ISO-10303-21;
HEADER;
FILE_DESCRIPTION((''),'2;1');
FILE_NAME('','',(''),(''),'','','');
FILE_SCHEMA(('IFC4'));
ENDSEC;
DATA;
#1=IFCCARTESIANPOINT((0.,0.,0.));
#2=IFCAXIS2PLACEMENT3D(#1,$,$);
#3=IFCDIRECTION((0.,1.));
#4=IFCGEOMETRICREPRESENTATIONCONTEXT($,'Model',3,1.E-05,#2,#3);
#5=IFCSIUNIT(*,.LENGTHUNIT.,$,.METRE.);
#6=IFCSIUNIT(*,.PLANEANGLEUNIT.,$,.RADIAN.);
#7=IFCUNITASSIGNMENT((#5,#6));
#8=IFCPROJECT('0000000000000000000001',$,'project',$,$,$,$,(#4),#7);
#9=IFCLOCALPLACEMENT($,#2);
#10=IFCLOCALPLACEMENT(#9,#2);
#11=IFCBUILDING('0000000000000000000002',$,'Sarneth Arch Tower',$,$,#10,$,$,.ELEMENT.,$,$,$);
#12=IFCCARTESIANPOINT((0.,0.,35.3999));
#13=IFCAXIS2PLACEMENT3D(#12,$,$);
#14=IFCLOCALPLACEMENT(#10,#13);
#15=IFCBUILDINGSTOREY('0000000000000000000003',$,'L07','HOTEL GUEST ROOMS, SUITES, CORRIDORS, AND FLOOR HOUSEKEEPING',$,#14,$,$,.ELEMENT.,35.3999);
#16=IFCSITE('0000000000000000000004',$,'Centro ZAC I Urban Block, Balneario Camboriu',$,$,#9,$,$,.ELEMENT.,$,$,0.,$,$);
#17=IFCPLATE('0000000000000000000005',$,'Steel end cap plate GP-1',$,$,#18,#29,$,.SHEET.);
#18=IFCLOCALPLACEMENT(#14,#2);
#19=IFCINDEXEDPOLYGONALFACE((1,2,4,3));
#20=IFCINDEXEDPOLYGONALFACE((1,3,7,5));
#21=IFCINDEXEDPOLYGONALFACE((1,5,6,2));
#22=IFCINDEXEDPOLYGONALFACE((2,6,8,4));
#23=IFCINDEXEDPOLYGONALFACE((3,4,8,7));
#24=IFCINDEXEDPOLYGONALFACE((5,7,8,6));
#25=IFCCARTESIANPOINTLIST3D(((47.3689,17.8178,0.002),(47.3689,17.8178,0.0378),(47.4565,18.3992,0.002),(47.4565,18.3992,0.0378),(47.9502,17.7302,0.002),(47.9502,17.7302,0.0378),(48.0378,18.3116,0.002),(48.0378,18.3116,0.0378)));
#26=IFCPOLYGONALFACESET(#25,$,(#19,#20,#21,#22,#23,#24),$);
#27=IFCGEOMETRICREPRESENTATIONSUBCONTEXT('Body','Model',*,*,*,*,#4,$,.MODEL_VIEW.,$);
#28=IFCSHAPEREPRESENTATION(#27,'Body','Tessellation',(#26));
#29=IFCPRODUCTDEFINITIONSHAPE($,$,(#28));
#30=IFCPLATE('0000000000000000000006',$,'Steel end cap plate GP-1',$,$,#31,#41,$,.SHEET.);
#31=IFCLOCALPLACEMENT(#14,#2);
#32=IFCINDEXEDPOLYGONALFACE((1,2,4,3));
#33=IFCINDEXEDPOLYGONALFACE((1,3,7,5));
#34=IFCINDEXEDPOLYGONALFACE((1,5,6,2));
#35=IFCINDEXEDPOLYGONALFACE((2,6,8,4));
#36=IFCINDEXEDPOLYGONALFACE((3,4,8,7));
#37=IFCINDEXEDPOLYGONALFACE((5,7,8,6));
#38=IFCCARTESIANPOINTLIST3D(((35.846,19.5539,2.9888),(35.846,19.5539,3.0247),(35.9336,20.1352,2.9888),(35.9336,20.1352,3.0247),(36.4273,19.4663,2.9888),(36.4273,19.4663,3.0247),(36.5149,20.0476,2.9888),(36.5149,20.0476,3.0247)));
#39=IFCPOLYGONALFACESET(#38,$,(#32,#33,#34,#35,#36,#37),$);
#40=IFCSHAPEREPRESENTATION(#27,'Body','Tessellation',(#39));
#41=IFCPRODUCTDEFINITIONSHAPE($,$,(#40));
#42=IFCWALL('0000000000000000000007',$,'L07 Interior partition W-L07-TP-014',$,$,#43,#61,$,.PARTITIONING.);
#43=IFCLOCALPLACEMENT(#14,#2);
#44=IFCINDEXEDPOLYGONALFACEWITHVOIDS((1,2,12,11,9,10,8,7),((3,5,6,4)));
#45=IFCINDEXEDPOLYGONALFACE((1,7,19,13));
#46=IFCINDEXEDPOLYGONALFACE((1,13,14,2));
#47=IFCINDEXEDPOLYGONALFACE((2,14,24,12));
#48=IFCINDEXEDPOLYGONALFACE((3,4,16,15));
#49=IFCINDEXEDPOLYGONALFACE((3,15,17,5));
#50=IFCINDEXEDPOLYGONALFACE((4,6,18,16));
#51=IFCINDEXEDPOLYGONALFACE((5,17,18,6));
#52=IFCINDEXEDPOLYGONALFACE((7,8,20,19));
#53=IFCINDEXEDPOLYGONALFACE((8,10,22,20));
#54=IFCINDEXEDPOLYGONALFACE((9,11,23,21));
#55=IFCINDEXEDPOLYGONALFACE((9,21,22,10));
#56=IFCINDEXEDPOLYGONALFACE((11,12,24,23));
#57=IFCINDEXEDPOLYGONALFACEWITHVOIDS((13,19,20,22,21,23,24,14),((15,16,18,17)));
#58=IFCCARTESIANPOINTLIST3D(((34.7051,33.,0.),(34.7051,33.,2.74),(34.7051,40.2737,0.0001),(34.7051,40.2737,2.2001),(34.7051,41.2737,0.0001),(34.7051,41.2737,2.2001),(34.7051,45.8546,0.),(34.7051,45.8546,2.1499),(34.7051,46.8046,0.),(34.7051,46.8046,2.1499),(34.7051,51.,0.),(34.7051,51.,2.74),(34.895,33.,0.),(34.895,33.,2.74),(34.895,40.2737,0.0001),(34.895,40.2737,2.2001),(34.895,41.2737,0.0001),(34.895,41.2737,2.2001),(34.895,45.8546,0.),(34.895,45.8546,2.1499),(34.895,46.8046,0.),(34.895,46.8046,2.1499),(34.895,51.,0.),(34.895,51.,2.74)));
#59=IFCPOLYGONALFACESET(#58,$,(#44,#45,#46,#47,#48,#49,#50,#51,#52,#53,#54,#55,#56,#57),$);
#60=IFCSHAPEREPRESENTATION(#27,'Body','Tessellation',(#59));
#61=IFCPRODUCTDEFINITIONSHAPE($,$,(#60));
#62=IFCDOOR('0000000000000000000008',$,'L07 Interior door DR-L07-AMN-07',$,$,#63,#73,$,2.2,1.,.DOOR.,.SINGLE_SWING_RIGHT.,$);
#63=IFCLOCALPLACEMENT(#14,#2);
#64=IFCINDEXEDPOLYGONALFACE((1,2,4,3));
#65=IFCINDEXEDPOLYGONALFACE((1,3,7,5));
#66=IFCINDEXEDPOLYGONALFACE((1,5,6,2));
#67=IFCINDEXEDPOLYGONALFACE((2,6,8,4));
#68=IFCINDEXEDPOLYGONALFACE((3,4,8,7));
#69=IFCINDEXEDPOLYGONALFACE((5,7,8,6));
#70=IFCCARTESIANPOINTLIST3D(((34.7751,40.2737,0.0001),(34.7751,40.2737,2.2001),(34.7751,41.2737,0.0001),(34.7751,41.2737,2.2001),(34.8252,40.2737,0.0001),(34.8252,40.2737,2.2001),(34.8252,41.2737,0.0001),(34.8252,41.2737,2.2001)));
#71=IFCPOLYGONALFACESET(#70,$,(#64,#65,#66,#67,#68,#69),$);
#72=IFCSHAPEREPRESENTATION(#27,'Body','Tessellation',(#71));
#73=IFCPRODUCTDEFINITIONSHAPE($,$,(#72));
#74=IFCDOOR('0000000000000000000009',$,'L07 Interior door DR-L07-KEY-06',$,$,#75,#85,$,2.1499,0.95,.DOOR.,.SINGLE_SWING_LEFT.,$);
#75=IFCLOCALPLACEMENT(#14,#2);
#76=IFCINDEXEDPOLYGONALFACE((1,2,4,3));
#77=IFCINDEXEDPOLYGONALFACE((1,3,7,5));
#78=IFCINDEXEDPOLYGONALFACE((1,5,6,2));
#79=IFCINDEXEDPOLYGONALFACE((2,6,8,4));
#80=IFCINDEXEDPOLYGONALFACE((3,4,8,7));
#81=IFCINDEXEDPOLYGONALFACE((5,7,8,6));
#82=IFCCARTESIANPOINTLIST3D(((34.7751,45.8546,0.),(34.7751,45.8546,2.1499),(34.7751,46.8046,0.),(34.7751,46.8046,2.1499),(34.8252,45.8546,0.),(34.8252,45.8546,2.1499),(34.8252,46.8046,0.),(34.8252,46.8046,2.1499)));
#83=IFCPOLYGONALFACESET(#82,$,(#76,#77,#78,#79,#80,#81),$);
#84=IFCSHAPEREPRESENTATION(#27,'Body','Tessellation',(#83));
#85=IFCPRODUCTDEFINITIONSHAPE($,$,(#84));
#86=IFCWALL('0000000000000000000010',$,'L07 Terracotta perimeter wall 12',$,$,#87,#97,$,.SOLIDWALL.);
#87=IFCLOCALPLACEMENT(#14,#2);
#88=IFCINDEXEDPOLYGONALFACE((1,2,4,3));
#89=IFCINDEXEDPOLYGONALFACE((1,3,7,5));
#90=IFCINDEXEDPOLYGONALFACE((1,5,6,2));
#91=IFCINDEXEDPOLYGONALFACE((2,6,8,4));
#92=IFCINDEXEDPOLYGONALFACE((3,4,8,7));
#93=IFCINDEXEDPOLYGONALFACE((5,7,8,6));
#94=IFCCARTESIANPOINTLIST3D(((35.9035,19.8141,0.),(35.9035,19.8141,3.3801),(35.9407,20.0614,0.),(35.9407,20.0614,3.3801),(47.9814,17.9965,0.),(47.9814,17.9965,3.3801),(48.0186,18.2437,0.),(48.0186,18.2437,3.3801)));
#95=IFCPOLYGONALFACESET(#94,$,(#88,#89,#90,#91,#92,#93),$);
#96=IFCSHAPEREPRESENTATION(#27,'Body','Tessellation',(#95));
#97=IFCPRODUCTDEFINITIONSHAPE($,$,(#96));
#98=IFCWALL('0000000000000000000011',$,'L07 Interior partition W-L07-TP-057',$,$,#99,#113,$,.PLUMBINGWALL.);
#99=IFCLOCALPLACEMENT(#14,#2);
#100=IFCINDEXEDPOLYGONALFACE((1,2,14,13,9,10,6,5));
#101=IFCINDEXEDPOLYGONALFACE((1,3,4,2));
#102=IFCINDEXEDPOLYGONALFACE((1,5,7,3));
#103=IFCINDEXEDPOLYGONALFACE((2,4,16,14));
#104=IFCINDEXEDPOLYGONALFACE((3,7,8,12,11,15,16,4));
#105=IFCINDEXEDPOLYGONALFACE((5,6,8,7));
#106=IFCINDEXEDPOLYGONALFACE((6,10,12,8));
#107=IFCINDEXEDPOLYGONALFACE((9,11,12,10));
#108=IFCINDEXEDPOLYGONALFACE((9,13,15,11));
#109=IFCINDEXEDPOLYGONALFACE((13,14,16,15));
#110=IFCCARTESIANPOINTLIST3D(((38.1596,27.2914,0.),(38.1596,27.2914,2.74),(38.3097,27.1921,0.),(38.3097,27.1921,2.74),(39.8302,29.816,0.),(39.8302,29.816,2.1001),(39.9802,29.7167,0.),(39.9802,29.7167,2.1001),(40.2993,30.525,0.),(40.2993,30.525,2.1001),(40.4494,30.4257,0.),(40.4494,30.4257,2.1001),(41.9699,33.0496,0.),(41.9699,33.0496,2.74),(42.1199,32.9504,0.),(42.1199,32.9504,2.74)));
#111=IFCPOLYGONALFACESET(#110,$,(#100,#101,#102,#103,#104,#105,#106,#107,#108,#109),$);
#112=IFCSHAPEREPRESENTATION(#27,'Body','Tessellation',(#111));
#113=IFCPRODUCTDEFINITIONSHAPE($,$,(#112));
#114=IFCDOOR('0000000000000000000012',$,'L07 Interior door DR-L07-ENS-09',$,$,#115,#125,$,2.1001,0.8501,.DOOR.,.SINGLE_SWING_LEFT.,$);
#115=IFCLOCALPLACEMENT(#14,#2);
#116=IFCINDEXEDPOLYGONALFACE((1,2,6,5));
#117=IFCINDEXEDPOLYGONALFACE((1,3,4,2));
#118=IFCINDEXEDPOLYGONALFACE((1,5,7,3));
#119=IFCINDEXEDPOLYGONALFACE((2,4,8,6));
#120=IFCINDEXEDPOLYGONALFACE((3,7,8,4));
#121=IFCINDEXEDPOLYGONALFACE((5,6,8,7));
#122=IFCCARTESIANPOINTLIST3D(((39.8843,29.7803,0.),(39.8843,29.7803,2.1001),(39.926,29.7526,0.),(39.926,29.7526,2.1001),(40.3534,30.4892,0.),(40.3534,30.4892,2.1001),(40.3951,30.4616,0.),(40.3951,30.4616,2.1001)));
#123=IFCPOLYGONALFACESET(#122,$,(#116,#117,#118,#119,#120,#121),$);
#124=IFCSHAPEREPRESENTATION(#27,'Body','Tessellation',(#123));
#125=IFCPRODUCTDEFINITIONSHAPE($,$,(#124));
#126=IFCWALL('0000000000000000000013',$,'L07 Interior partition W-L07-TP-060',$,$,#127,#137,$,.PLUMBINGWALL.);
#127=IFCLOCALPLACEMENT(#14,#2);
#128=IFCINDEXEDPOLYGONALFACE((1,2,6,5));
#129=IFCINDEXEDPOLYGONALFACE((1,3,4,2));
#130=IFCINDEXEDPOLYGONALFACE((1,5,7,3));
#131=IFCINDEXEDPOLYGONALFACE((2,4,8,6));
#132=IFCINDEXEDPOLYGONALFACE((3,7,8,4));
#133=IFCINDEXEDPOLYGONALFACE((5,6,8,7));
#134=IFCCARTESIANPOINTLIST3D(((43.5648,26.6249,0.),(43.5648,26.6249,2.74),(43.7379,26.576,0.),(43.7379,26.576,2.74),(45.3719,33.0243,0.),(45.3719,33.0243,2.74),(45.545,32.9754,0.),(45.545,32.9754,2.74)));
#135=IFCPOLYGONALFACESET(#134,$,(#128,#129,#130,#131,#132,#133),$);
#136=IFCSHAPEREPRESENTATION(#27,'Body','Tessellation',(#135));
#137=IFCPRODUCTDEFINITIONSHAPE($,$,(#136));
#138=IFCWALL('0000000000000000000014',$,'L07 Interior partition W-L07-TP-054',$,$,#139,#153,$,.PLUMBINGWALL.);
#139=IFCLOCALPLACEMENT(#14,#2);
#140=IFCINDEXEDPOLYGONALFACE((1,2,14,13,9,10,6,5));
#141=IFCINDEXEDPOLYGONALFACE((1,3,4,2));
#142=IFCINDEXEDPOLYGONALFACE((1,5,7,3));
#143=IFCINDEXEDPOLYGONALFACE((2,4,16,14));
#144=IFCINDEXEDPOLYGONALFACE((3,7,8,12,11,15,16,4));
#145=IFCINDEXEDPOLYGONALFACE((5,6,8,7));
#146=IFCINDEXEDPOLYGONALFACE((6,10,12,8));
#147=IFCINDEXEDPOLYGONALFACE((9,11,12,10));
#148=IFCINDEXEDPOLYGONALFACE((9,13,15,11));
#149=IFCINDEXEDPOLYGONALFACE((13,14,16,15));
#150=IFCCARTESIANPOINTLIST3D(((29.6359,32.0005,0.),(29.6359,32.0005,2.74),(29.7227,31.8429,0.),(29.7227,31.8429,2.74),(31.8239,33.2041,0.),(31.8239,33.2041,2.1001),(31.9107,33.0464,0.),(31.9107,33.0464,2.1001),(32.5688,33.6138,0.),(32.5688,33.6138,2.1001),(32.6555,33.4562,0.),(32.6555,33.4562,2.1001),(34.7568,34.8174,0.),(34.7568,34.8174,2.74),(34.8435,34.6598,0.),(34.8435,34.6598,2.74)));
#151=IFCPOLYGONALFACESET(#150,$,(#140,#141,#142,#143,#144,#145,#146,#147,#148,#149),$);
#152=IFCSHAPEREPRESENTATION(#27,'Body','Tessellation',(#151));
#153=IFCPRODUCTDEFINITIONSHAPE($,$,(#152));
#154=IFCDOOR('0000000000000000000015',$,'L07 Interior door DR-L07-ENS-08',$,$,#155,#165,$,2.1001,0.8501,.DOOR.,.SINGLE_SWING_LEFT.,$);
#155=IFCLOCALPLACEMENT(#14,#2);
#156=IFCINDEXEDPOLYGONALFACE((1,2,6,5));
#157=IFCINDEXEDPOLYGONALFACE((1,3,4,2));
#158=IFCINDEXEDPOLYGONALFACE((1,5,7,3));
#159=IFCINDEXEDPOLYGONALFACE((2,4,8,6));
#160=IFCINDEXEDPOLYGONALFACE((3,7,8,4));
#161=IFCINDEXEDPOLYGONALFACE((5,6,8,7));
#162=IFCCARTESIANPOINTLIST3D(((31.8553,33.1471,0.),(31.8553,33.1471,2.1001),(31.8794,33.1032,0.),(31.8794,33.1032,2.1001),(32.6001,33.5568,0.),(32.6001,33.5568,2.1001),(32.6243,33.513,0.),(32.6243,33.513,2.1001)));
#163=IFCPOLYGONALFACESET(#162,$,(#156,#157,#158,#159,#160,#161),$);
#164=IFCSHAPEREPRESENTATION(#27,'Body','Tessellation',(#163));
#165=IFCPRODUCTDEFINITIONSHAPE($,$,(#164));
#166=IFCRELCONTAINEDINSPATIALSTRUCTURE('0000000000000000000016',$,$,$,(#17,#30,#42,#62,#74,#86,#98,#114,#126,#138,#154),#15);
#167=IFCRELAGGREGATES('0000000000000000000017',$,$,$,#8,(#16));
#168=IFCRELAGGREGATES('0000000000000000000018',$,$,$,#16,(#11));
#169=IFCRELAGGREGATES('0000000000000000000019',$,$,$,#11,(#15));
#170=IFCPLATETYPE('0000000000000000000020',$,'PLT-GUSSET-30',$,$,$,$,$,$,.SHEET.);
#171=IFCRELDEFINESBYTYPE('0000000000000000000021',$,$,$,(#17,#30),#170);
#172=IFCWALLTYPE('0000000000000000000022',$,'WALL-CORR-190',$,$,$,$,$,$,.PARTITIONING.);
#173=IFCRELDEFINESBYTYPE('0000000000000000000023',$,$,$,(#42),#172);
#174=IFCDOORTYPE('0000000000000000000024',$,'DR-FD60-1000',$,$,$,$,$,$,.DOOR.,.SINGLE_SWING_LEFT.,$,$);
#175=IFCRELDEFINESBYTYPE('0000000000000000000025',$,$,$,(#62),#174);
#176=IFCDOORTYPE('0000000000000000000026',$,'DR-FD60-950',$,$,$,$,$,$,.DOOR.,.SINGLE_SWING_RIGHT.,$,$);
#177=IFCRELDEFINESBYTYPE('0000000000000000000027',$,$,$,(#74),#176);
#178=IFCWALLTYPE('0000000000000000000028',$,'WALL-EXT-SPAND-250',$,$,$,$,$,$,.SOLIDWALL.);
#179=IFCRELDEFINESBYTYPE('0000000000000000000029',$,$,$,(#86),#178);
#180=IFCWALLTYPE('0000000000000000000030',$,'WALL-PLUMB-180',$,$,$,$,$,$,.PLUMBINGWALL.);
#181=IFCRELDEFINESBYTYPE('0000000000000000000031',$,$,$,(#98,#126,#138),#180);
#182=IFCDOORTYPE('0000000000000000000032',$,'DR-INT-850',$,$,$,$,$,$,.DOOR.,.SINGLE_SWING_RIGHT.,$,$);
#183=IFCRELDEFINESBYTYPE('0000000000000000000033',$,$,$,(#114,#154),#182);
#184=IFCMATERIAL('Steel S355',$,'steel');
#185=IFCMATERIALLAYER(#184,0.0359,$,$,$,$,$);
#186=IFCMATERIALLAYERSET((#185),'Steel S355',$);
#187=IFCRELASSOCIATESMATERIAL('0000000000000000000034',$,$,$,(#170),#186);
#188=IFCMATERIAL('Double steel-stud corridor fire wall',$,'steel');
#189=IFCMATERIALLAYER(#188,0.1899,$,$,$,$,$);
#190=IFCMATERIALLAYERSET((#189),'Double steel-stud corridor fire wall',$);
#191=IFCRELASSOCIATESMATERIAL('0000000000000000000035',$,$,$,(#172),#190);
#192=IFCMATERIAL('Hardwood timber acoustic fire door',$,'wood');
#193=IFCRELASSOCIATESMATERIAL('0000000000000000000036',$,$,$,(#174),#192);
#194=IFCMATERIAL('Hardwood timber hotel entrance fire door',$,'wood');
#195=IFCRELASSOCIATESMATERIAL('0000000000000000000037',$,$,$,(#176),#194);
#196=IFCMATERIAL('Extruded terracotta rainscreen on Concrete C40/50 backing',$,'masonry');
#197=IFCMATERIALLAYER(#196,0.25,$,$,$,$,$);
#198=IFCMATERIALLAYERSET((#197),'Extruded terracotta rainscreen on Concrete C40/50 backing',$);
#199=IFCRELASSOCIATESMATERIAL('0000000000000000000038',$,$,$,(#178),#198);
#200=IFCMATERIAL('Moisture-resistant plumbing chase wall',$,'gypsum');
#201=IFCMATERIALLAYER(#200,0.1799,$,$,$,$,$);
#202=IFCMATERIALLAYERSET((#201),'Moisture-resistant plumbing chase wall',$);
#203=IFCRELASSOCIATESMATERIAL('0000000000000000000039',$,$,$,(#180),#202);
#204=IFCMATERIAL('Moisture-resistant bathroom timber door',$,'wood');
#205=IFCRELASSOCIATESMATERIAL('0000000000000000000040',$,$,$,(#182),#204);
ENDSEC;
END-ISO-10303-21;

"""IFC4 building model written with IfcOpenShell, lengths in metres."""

from ifc_helpers import new_model, si_unit, direction, frame, frame_2d, origin, origin_2d, place, context, subcontext, project, spatial, rectangle, extrude, material, layer, layer_set, type_object, element, fill, save


model = new_model("IFC4")

# Units and contexts
model_context = context("Model", 3, precision=1e-05, world=origin(), true_north=direction((0.0, 1.0)))
body_context = subcontext(model_context, "Body", "Model", "MODEL_VIEW")
ifc_project = project(units=[si_unit("LENGTHUNIT", "METRE"), si_unit("PLANEANGLEUNIT", "RADIAN")], contexts=[model_context])

# Site, building, storey
site_placement = place(None, origin())
site = spatial("IfcSite", under=ifc_project, at=site_placement, Name="Centro ZAC I Urban Block, Balneario Camboriu", CompositionType="ELEMENT", RefElevation=0.0)
building_placement = place(site_placement, origin())
building = spatial("IfcBuilding", under=site, at=building_placement, Name="Sarneth Arch Tower", CompositionType="ELEMENT")
storey_placement = place(building_placement, frame((0.0, 0.0, 35.3999)))
storey = spatial("IfcBuildingStorey", under=building, at=storey_placement, Name="L07", Description="HOTEL GUEST ROOMS, SUITES, CORRIDORS, AND FLOOR HOUSEKEEPING", CompositionType="ELEMENT", Elevation=35.3999)

# Plates
ifc_material_1 = material(Name="Steel S355", Category="steel")
ifc_layer_1 = layer(ifc_material_1, 0.0359)
ifc_layer_set_1 = layer_set([ifc_layer_1], Name="Steel S355")
plate_type = type_object("IfcPlateType", Name="PLT-GUSSET-30", PredefinedType="SHEET", material=ifc_layer_set_1)
for number, where, z_axis, x_axis, name in (
    (1, (47.7034, 18.0647, 0.002), (0.0, 0.0, 1.0), (0.988835, -0.149018, 0.0), "Steel end cap plate GP-1"),
    (2, (36.1804, 19.8008, 2.9888), (0.0, 0.0, 1.0), (0.988835, -0.149018, 0.0), "Steel end cap plate GP-1"),
):
    element("IfcPlate", number, at=place(storey_placement, frame(where, z_axis=z_axis, x_axis=x_axis)), inside=storey, type_object=plate_type, Name=name, PredefinedType="SHEET", context=body_context, shape_type="SweptSolid", body=[
        extrude(rectangle(XDim=0.5879, YDim=0.5879, at=origin_2d()), origin(), (0.0, 0.0, 1.0), 0.0359),
    ])

# Wall, openings, doors
ifc_material_2 = material(Name="Double steel-stud corridor fire wall", Category="steel")
ifc_layer_2 = layer(ifc_material_2, 0.1899)
ifc_layer_set_2 = layer_set([ifc_layer_2], Name="Double steel-stud corridor fire wall")
wall_type_1 = type_object("IfcWallType", Name="WALL-CORR-190", PredefinedType="PARTITIONING", material=ifc_layer_set_2)
wall_1_placement = place(storey_placement, frame((34.8, 33.0, 0.0), z_axis=(0.0, 0.0, 1.0), x_axis=(0.0, 1.0, 0.0)))
wall_1 = element("IfcWall", 3, at=wall_1_placement, inside=storey, type_object=wall_type_1, Name="L07 Interior partition W-L07-TP-014", PredefinedType="PARTITIONING", context=body_context, shape_type="SweptSolid", body=[
    extrude(rectangle(XDim=18.0, YDim=0.1899, at=frame_2d((9.0, 0.0))), origin(), (0.0, 0.0, 1.0), 2.74),
])
opening_1_placement = place(wall_1_placement, frame((7.2737, 0.0, 0.0)))
opening_1 = element("IfcOpeningElement", 4, at=opening_1_placement, cuts=wall_1, PredefinedType="OPENING", context=body_context, shape_type="SweptSolid", body=[
    extrude(rectangle(XDim=1.0, YDim=2.2, at=frame_2d((0.5, 1.1001))), frame((0.0, 0.105, 0.0), z_axis=(0.0, -1.0, 0.0), x_axis=(1.0, 0.0, 0.0)), (0.0, 0.0, 1.0), 0.21),
])
opening_2_placement = place(wall_1_placement, frame((12.8545, 0.0, 0.0)))
opening_2 = element("IfcOpeningElement", 5, at=opening_2_placement, cuts=wall_1, PredefinedType="OPENING", context=body_context, shape_type="SweptSolid", body=[
    extrude(rectangle(XDim=0.95, YDim=2.1499, at=frame_2d((0.4751, 1.075))), frame((0.0, 0.105, 0.0), z_axis=(0.0, -1.0, 0.0), x_axis=(1.0, 0.0, 0.0)), (0.0, 0.0, 1.0), 0.21),
])
ifc_material_3 = material(Name="Hardwood timber acoustic fire door", Category="wood")
door_type_1 = type_object("IfcDoorType", Name="DR-FD60-1000", OperationType="SINGLE_SWING_LEFT", PredefinedType="DOOR", material=ifc_material_3)
door_1_placement = place(opening_1_placement, origin())
door_1 = element("IfcDoor", 6, at=door_1_placement, inside=storey, type_object=door_type_1, Name="L07 Interior door DR-L07-AMN-07", OperationType="SINGLE_SWING_RIGHT", OverallHeight=2.2, OverallWidth=1.0, PredefinedType="DOOR", context=body_context, shape_type="SweptSolid", body=[
    extrude(rectangle(XDim=1.0, YDim=2.2, at=frame_2d((0.5, 1.1001))), frame((0.0, 0.0249, 0.0), z_axis=(0.0, -1.0, 0.0), x_axis=(1.0, 0.0, 0.0)), (0.0, 0.0, 1.0), 0.05),
])
fill(opening_1, door_1)
ifc_material_4 = material(Name="Hardwood timber hotel entrance fire door", Category="wood")
door_type_2 = type_object("IfcDoorType", Name="DR-FD60-950", OperationType="SINGLE_SWING_RIGHT", PredefinedType="DOOR", material=ifc_material_4)
door_2_placement = place(opening_2_placement, origin())
door_2 = element("IfcDoor", 7, at=door_2_placement, inside=storey, type_object=door_type_2, Name="L07 Interior door DR-L07-KEY-06", OperationType="SINGLE_SWING_LEFT", OverallHeight=2.1499, OverallWidth=0.95, PredefinedType="DOOR", context=body_context, shape_type="SweptSolid", body=[
    extrude(rectangle(XDim=0.95, YDim=2.1499, at=frame_2d((0.4751, 1.075))), frame((0.0, 0.0249, 0.0), z_axis=(0.0, -1.0, 0.0), x_axis=(1.0, 0.0, 0.0)), (0.0, 0.0, 1.0), 0.05),
])
fill(opening_2, door_2)

# Wall
ifc_material_5 = material(Name="Extruded terracotta rainscreen on Concrete C40/50 backing", Category="masonry")
ifc_layer_3 = layer(ifc_material_5, 0.25)
ifc_layer_set_3 = layer_set([ifc_layer_3], Name="Extruded terracotta rainscreen on Concrete C40/50 backing")
wall_type_2 = type_object("IfcWallType", Name="WALL-EXT-SPAND-250", PredefinedType="SOLIDWALL", material=ifc_layer_set_3)
wall_2_placement = place(storey_placement, frame((35.9221, 19.9377, 0.0), z_axis=(0.0, 0.0, 1.0), x_axis=(0.988865, -0.148816, 0.0)))
element("IfcWall", 8, at=wall_2_placement, inside=storey, type_object=wall_type_2, Name="L07 Terracotta perimeter wall 12", PredefinedType="SOLIDWALL", context=body_context, shape_type="SweptSolid", body=[
    extrude(rectangle(XDim=12.2139, YDim=0.25, at=frame_2d((6.1069, 0.0))), origin(), (0.0, 0.0, 1.0), 3.3801),
])

# Wall, opening, door
ifc_material_6 = material(Name="Moisture-resistant plumbing chase wall", Category="gypsum")
ifc_layer_4 = layer(ifc_material_6, 0.1799)
ifc_layer_set_4 = layer_set([ifc_layer_4], Name="Moisture-resistant plumbing chase wall")
wall_type_3 = type_object("IfcWallType", Name="WALL-PLUMB-180", PredefinedType="PLUMBINGWALL", material=ifc_layer_set_4)
wall_3_placement = place(storey_placement, frame((42.0449, 33.0, 0.0), z_axis=(0.0, 0.0, 1.0), x_axis=(-0.551833, -0.833955, 0.0)))
wall_3 = element("IfcWall", 9, at=wall_3_placement, inside=storey, type_object=wall_type_3, Name="L07 Interior partition W-L07-TP-057", PredefinedType="PLUMBINGWALL", context=body_context, shape_type="SweptSolid", body=[
    extrude(rectangle(XDim=6.9048, YDim=0.1799, at=frame_2d((3.4524, 0.0))), origin(), (0.0, 0.0, 1.0), 2.74),
])
opening_3_placement = place(wall_3_placement, frame((3.0273, 0.0, 0.0)))
opening_3 = element("IfcOpeningElement", 10, at=opening_3_placement, cuts=wall_3, PredefinedType="OPENING", context=body_context, shape_type="SweptSolid", body=[
    extrude(rectangle(XDim=0.8501, YDim=2.1001, at=frame_2d((0.425, 1.05))), frame((0.0, 0.0999, 0.0), z_axis=(0.0, -1.0, 0.0), x_axis=(1.0, 0.0, 0.0)), (0.0, 0.0, 1.0), 0.2),
])
ifc_material_7 = material(Name="Moisture-resistant bathroom timber door", Category="wood")
door_type_3 = type_object("IfcDoorType", Name="DR-INT-850", OperationType="SINGLE_SWING_RIGHT", PredefinedType="DOOR", material=ifc_material_7)
door_3_placement = place(opening_3_placement, origin())
door_3 = element("IfcDoor", 11, at=door_3_placement, inside=storey, type_object=door_type_3, Name="L07 Interior door DR-L07-ENS-09", OperationType="SINGLE_SWING_LEFT", OverallHeight=2.1001, OverallWidth=0.8501, PredefinedType="DOOR", context=body_context, shape_type="SweptSolid", body=[
    extrude(rectangle(XDim=0.8501, YDim=2.1001, at=frame_2d((0.425, 1.05))), frame((0.0, 0.0249, 0.0), z_axis=(0.0, -1.0, 0.0), x_axis=(1.0, 0.0, 0.0)), (0.0, 0.0, 1.0), 0.05),
])
fill(opening_3, door_3)

# Wall
wall_4_placement = place(storey_placement, frame((43.6514, 26.6006, 0.0), z_axis=(0.0, 0.0, 1.0), x_axis=(0.271762, 0.962365, 0.0)))
element("IfcWall", 12, at=wall_4_placement, inside=storey, type_object=wall_type_3, Name="L07 Interior partition W-L07-TP-060", PredefinedType="PLUMBINGWALL", context=body_context, shape_type="SweptSolid", body=[
    extrude(rectangle(XDim=6.6497, YDim=0.1799, at=frame_2d((3.3247, 0.0))), origin(), (0.0, 0.0, 1.0), 2.74),
])

# Wall, opening, door
wall_5_placement = place(storey_placement, frame((29.6792, 31.9216, 0.0), z_axis=(0.0, 0.0, 1.0), x_axis=(0.876185, 0.481975, 0.0)))
wall_5 = element("IfcWall", 13, at=wall_5_placement, inside=storey, type_object=wall_type_3, Name="L07 Interior partition W-L07-TP-054", PredefinedType="PLUMBINGWALL", context=body_context, shape_type="SweptSolid", body=[
    extrude(rectangle(XDim=5.8445, YDim=0.1799, at=frame_2d((2.9224, 0.0))), origin(), (0.0, 0.0, 1.0), 2.74),
])
opening_4_placement = place(wall_5_placement, frame((2.4973, 0.0, 0.0)))
opening_4 = element("IfcOpeningElement", 14, at=opening_4_placement, cuts=wall_5, PredefinedType="OPENING", context=body_context, shape_type="SweptSolid", body=[
    extrude(rectangle(XDim=0.8501, YDim=2.1001, at=frame_2d((0.425, 1.05))), frame((0.0, 0.0999, 0.0), z_axis=(0.0, -1.0, 0.0), x_axis=(1.0, 0.0, 0.0)), (0.0, 0.0, 1.0), 0.2),
])
door_4_placement = place(opening_4_placement, origin())
door_4 = element("IfcDoor", 15, at=door_4_placement, inside=storey, type_object=door_type_3, Name="L07 Interior door DR-L07-ENS-08", OperationType="SINGLE_SWING_LEFT", OverallHeight=2.1001, OverallWidth=0.8501, PredefinedType="DOOR", context=body_context, shape_type="SweptSolid", body=[
    extrude(rectangle(XDim=0.8501, YDim=2.1001, at=frame_2d((0.425, 1.05))), frame((0.0, 0.0249, 0.0), z_axis=(0.0, -1.0, 0.0), x_axis=(1.0, 0.0, 0.0)), (0.0, 0.0, 1.0), 0.05),
])
fill(opening_4, door_4)

save(model, "model.ifc")
